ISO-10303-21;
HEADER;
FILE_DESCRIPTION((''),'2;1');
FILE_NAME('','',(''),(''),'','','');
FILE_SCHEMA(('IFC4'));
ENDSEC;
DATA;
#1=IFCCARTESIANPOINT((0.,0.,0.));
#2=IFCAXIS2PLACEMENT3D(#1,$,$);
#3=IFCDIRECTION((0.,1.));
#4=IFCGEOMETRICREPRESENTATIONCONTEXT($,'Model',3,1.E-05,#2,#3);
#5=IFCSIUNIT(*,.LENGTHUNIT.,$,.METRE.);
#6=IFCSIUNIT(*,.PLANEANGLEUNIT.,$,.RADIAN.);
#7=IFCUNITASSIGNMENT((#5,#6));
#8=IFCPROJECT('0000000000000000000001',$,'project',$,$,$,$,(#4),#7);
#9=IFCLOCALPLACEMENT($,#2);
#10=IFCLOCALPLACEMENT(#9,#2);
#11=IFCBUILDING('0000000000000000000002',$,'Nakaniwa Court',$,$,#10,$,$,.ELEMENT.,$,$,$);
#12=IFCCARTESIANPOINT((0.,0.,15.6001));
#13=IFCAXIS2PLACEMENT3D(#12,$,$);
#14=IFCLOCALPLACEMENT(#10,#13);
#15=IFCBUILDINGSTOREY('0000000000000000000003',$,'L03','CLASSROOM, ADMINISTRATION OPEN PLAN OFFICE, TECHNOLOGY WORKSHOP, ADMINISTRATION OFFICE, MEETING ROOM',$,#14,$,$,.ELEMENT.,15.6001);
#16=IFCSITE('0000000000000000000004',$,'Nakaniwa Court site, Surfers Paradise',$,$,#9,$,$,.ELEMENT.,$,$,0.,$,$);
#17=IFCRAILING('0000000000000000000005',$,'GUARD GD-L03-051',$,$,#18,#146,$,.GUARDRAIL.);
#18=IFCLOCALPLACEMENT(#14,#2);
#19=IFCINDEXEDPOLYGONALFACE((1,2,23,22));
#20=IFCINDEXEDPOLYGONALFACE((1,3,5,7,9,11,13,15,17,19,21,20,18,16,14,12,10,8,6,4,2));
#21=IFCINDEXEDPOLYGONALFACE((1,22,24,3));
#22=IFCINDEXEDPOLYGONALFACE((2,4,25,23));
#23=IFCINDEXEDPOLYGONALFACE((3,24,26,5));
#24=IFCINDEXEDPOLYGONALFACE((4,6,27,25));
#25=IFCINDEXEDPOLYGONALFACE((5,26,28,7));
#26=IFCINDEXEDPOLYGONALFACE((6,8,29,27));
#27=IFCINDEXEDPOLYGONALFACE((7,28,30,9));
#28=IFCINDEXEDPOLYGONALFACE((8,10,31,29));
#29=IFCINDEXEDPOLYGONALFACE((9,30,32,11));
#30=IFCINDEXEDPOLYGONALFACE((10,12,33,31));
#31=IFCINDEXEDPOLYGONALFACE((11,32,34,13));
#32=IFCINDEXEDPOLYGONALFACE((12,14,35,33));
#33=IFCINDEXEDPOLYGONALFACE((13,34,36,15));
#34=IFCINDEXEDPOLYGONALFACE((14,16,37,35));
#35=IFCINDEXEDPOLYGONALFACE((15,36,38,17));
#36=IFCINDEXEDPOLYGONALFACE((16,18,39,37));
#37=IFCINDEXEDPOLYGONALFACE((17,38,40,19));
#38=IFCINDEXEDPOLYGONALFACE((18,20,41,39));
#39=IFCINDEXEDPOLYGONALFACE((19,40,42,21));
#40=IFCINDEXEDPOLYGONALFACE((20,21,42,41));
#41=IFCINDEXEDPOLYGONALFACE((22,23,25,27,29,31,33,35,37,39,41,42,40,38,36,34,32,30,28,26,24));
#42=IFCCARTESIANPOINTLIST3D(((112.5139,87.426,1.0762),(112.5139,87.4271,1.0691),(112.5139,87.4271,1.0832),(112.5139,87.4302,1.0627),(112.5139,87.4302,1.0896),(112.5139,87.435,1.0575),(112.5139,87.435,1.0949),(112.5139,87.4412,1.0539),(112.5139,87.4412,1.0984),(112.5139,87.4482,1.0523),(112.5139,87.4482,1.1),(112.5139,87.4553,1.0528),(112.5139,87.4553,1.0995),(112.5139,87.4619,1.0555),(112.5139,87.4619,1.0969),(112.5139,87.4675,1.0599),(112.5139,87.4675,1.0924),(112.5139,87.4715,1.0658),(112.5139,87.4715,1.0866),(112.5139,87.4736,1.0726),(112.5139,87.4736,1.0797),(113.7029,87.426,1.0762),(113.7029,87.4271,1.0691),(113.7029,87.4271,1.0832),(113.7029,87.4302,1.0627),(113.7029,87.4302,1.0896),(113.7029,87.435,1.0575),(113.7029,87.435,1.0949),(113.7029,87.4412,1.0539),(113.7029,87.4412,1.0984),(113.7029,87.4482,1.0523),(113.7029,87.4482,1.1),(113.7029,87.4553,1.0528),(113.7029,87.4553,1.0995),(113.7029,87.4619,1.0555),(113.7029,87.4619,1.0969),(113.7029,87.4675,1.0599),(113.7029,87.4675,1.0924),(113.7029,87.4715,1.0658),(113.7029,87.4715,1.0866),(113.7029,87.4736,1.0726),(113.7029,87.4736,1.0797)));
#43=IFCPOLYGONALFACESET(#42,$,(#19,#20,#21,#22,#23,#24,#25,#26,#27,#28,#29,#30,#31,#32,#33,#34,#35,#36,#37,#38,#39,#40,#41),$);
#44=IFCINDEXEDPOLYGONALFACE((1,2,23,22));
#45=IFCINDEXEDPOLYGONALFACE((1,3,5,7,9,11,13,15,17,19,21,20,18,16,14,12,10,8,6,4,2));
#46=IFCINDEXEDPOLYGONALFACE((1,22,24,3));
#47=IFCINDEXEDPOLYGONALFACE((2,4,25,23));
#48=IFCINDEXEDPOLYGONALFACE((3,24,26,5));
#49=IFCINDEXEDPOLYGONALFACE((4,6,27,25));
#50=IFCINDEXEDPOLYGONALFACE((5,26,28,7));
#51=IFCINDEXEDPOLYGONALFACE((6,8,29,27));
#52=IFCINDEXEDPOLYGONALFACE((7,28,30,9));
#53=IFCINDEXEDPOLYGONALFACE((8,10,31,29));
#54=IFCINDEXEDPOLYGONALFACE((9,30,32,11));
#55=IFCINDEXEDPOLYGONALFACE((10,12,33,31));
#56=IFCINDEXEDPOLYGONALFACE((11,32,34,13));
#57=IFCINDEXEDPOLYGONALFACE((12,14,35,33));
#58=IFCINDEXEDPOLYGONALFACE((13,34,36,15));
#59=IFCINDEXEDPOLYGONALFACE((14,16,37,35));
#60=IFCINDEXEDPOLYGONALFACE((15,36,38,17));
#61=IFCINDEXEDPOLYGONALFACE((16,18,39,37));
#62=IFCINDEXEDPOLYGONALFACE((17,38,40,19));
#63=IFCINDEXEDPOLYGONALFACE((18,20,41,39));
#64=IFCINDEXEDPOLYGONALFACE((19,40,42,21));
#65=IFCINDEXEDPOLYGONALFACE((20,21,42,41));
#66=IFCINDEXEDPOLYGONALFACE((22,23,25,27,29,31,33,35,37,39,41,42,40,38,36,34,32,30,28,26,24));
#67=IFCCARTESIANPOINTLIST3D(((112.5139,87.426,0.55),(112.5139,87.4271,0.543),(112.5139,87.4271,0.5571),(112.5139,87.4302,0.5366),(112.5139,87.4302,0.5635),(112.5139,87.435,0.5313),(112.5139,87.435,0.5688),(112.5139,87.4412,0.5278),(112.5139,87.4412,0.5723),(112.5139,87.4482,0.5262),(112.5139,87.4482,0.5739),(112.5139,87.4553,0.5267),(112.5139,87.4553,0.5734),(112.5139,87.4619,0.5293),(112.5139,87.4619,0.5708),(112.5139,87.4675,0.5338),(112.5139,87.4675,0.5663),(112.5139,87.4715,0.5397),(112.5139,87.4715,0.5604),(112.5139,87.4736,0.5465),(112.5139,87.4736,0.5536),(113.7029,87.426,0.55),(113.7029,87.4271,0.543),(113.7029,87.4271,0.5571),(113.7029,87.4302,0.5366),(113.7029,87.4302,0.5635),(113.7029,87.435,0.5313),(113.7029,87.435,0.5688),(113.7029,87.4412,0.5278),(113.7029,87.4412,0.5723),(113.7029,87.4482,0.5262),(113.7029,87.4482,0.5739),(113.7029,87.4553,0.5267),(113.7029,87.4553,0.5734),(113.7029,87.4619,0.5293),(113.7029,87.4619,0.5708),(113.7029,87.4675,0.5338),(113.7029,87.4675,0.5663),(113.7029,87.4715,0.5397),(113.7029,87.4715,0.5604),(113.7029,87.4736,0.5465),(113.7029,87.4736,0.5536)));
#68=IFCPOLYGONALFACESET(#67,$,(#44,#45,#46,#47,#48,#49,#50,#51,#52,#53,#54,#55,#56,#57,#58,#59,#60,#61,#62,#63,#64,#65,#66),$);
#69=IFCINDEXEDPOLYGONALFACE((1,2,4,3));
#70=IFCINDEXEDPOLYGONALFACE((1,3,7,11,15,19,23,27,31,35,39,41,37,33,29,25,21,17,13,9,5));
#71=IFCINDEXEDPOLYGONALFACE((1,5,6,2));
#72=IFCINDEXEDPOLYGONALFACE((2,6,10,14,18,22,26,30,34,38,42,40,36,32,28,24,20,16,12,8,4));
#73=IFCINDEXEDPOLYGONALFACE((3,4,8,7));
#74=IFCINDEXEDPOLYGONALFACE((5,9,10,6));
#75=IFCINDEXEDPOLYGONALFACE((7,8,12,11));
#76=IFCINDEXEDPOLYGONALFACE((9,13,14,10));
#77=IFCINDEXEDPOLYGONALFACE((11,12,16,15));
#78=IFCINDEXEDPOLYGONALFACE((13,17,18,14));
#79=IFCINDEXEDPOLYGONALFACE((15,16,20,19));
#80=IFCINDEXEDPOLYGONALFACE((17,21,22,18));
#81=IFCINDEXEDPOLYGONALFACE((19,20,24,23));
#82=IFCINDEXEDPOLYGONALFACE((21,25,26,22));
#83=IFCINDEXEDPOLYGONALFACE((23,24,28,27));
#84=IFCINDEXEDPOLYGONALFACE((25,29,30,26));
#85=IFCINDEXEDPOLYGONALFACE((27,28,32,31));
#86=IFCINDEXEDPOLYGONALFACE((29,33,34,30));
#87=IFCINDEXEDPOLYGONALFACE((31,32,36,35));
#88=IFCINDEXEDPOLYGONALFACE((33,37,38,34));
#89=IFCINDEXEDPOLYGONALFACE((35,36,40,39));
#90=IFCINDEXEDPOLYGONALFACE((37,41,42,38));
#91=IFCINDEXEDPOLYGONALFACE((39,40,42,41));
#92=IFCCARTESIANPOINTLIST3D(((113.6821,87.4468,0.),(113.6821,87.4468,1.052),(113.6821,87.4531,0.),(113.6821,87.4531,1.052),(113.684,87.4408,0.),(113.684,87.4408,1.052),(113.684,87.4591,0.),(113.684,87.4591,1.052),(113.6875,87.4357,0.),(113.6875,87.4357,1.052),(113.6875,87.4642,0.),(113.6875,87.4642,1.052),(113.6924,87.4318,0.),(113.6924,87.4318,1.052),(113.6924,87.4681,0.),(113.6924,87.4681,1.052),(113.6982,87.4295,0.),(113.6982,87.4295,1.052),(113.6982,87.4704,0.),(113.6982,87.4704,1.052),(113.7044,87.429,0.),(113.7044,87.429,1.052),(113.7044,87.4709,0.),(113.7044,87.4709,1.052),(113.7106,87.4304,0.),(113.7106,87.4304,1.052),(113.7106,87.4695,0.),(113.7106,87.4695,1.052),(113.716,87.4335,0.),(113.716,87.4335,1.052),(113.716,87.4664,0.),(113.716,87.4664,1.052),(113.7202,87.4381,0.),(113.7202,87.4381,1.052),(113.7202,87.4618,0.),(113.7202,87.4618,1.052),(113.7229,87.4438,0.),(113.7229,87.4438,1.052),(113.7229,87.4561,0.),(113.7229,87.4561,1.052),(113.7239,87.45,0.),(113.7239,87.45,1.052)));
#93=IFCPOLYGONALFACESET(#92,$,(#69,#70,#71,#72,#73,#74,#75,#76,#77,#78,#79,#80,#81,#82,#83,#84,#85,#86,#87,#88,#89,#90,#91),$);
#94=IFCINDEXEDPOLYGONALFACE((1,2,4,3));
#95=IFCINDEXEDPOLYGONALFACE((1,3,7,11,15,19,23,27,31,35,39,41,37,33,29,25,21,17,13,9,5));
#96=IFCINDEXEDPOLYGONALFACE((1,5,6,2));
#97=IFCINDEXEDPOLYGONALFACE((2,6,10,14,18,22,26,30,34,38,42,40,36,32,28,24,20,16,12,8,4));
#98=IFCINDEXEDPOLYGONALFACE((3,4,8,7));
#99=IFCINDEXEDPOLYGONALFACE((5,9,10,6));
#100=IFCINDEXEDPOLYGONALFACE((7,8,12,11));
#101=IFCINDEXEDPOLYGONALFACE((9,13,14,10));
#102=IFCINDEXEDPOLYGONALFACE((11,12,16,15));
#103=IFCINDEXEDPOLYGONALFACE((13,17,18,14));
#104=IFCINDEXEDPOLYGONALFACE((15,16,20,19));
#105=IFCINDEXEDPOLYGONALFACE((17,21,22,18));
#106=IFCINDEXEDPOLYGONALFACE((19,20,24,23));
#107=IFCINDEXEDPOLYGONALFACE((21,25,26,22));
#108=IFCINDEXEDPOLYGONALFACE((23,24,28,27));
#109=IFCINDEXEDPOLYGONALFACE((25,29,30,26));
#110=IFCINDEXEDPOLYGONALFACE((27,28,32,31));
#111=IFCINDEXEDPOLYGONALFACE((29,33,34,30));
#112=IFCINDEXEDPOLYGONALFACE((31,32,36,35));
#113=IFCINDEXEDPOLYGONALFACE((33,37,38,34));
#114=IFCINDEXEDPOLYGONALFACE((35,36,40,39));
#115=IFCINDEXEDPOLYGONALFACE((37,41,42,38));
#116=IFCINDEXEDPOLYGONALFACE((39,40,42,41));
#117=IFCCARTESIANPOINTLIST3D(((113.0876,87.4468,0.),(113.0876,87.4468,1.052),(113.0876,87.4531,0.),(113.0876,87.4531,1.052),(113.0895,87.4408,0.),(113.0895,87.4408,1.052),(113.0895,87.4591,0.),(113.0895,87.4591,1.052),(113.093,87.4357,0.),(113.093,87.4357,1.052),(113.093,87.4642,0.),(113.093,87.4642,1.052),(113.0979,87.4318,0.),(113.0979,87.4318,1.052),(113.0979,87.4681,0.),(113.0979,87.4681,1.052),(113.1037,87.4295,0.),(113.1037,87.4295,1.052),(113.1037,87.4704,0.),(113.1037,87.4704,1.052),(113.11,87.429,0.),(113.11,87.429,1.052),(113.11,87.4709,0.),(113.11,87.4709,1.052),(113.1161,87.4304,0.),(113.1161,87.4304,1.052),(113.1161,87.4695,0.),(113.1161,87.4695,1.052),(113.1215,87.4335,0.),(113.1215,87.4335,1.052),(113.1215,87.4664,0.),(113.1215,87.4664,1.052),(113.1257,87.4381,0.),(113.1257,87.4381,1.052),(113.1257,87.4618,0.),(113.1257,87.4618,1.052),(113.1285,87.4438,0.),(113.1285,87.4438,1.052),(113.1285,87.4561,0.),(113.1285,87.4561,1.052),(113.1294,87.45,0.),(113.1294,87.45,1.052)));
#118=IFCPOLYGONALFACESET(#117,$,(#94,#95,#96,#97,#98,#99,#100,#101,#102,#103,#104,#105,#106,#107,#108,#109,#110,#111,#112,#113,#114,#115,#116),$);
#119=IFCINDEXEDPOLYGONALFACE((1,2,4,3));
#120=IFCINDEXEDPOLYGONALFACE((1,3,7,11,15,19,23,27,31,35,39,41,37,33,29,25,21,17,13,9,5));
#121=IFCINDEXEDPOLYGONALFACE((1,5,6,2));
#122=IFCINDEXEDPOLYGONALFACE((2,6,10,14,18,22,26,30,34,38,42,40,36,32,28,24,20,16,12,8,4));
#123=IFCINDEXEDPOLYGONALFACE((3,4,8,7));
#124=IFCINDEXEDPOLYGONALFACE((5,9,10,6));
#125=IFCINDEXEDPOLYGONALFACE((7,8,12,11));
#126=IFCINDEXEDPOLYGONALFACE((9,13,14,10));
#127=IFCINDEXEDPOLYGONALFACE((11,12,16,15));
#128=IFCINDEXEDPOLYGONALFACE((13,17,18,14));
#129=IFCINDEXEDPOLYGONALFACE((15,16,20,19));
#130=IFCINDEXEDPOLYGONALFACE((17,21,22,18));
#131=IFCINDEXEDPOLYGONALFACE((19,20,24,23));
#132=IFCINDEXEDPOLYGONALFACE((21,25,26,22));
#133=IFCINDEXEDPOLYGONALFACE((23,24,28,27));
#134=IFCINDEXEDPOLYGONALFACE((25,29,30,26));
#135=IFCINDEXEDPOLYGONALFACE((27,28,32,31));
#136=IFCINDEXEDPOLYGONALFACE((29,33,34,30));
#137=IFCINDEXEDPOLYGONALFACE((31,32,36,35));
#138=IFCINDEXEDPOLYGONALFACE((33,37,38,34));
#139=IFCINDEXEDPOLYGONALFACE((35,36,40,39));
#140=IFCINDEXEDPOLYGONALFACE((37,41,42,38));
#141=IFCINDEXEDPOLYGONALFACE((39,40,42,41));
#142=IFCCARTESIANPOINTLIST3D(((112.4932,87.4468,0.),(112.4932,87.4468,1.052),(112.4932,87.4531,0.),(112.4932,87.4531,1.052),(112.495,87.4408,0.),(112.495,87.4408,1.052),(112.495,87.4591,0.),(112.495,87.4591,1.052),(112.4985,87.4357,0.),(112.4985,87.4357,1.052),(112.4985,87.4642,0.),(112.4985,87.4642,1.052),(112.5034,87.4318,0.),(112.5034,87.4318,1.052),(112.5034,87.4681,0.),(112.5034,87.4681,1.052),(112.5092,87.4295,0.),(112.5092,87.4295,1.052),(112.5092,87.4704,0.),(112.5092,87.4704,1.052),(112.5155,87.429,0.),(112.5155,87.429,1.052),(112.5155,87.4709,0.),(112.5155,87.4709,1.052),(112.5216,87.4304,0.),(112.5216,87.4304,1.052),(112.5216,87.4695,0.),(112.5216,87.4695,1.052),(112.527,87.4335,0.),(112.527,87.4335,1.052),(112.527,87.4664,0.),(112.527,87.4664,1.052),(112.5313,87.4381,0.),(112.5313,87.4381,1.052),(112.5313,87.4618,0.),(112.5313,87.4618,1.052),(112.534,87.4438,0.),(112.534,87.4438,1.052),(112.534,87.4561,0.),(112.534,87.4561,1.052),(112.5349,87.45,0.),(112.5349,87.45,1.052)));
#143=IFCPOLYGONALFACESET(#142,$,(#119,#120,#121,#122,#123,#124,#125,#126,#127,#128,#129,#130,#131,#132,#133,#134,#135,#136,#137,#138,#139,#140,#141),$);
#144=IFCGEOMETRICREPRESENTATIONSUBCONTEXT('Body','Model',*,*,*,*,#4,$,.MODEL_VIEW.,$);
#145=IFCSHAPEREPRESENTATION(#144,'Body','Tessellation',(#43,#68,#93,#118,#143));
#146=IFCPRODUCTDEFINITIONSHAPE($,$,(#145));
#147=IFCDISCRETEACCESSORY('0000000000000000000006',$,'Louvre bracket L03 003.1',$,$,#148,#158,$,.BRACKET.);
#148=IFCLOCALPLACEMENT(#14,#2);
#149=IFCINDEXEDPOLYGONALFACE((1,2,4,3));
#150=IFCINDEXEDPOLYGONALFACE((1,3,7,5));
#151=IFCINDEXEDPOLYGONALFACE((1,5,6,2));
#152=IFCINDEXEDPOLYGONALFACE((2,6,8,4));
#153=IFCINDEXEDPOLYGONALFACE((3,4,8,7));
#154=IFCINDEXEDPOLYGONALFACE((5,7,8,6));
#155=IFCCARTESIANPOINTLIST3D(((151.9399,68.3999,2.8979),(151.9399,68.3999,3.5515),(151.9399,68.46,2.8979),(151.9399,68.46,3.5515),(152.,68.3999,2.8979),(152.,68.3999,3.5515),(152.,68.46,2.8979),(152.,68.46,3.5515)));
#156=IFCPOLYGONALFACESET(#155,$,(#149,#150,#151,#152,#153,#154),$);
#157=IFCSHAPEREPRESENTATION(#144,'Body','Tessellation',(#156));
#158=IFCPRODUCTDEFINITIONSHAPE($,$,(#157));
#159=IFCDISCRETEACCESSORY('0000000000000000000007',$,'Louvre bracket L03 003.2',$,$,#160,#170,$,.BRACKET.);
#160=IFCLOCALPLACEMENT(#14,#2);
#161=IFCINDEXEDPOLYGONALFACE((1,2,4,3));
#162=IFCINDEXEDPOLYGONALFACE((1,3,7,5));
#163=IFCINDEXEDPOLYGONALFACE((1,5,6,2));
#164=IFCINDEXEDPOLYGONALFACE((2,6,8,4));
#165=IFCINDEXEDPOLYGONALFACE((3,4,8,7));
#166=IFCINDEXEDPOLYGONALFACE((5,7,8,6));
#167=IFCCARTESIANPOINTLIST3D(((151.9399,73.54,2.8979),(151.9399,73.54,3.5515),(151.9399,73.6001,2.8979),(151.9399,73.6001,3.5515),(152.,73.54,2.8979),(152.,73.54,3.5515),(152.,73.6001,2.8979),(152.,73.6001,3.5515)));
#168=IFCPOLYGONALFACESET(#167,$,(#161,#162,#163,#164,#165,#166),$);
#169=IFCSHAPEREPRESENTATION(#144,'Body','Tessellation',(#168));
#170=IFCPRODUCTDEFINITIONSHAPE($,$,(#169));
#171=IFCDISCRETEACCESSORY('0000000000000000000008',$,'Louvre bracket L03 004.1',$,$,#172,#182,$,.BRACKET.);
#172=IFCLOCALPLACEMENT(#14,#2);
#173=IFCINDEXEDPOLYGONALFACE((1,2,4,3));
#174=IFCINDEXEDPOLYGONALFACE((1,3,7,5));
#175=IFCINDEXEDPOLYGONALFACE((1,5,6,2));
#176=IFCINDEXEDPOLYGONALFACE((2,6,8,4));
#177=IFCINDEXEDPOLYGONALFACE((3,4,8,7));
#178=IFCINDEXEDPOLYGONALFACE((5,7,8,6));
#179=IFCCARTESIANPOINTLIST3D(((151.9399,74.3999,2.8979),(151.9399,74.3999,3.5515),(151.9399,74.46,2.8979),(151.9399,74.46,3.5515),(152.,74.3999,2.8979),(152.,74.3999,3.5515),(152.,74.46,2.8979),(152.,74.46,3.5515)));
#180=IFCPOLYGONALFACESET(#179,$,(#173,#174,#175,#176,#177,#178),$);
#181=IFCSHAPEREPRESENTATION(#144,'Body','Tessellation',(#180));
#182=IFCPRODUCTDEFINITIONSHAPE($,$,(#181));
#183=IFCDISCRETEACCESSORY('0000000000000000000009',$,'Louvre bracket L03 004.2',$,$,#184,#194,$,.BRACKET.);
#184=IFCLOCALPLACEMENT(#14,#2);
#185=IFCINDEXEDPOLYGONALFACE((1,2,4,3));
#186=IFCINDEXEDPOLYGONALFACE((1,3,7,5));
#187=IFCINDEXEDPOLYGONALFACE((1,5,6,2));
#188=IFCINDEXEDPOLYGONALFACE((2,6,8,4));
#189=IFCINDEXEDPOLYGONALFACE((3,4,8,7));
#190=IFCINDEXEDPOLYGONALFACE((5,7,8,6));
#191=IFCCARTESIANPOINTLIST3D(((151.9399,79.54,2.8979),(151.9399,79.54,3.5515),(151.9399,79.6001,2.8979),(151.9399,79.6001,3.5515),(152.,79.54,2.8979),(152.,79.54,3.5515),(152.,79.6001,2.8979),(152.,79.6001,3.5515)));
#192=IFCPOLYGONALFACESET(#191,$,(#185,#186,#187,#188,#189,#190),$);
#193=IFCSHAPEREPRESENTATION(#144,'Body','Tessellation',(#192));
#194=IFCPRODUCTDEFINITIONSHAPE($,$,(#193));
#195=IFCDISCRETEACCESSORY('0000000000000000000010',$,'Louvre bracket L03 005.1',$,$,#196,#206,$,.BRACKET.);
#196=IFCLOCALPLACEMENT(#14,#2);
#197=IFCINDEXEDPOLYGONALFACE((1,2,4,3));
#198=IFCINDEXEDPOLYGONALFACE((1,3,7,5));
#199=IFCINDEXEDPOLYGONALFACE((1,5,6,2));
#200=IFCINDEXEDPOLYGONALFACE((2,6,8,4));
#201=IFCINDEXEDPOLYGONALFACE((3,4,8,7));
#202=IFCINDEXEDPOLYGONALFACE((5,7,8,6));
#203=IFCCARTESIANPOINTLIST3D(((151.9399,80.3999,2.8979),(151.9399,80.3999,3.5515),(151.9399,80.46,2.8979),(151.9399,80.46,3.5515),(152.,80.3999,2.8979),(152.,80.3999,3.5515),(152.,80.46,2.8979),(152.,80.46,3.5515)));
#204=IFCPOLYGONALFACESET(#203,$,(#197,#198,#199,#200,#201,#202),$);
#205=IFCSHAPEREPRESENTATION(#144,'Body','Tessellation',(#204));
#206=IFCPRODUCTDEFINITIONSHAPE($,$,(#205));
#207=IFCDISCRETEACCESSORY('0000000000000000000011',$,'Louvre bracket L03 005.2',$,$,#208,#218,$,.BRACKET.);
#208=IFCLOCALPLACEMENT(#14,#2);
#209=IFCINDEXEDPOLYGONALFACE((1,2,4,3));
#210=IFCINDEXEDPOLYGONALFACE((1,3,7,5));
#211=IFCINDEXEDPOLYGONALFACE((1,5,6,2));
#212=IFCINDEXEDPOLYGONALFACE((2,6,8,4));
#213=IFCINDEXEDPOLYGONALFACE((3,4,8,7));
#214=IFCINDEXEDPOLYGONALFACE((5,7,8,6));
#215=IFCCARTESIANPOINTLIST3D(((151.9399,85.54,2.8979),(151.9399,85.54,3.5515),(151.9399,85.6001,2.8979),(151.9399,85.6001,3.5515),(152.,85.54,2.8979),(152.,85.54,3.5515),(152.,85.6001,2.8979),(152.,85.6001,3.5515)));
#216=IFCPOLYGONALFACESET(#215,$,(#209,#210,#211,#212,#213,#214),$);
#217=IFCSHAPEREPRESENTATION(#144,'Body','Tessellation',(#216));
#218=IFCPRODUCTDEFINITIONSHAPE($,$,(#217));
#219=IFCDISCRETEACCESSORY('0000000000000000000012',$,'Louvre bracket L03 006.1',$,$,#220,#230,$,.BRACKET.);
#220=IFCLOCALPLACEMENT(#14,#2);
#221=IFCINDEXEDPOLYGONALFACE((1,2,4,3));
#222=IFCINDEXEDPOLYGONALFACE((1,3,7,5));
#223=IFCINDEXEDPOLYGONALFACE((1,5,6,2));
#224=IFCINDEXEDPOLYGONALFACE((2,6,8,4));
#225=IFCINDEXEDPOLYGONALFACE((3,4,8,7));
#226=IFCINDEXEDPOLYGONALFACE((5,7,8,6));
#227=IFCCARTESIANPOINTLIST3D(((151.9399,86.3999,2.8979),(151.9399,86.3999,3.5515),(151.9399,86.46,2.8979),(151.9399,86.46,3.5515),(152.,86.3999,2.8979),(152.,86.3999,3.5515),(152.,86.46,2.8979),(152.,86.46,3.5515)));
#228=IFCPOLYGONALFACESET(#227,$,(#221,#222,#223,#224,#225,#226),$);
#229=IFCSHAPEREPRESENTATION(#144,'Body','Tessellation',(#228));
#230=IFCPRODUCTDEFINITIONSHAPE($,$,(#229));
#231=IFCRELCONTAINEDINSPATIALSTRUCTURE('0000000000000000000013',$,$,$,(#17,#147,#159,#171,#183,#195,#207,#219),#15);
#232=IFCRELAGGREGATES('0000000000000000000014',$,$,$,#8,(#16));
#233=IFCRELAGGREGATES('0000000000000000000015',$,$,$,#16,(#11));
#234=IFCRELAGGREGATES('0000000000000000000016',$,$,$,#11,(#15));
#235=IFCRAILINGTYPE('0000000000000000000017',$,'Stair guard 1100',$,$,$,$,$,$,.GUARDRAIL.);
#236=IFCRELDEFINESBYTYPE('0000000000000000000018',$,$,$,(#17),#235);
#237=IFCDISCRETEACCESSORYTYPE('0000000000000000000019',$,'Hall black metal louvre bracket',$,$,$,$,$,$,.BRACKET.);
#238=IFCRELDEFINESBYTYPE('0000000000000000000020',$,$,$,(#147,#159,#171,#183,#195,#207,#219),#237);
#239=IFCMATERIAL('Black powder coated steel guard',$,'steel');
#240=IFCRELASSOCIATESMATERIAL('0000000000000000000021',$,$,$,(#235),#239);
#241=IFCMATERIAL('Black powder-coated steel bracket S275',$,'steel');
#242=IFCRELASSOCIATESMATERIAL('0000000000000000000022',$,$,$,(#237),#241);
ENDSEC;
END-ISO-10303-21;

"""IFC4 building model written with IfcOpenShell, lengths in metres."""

from ifc_helpers import new_model, si_unit, direction, frame, origin, origin_2d, place, context, subcontext, project, spatial, rectangle, circle, extrude, material, type_object, element, save


model = new_model("IFC4")

# Units and contexts
model_context = context("Model", 3, precision=1e-05, world=origin(), true_north=direction((0.0, 1.0)))
body_context = subcontext(model_context, "Body", "Model", "MODEL_VIEW")
ifc_project = project(units=[si_unit("LENGTHUNIT", "METRE"), si_unit("PLANEANGLEUNIT", "RADIAN")], contexts=[model_context])

# Site, building, storey
site_placement = place(None, origin())
site = spatial("IfcSite", under=ifc_project, at=site_placement, Name="Nakaniwa Court site, Surfers Paradise", CompositionType="ELEMENT", RefElevation=0.0)
building_placement = place(site_placement, origin())
building = spatial("IfcBuilding", under=site, at=building_placement, Name="Nakaniwa Court", CompositionType="ELEMENT")
storey_placement = place(building_placement, frame((0.0, 0.0, 15.6001)))
storey = spatial("IfcBuildingStorey", under=building, at=storey_placement, Name="L03", Description="CLASSROOM, ADMINISTRATION OPEN PLAN OFFICE, TECHNOLOGY WORKSHOP, ADMINISTRATION OFFICE, MEETING ROOM", CompositionType="ELEMENT", Elevation=15.6001)

# Railing
ifc_material_1 = material(Name="Black powder coated steel guard", Category="steel")
railing_type = type_object("IfcRailingType", Name="Stair guard 1100", PredefinedType="GUARDRAIL", material=ifc_material_1)
railing_1_placement = place(storey_placement, frame((113.7029, 87.45, 0.0)))
element("IfcRailing", 1, at=railing_1_placement, inside=storey, type_object=railing_type, Name="GUARD GD-L03-051", PredefinedType="GUARDRAIL", context=body_context, shape_type="SweptSolid", body=[
    extrude(circle(Radius=0.0239, at=origin_2d()), frame((0.0, 0.0, 1.0762), z_axis=(-1.0, 0.0, 0.0), x_axis=(0.0, -1.0, 0.0)), (0.0, 0.0, 1.0), 1.189),
    extrude(circle(Radius=0.0239, at=origin_2d()), frame((0.0, 0.0, 0.55), z_axis=(-1.0, 0.0, 0.0), x_axis=(0.0, -1.0, 0.0)), (0.0, 0.0, 1.0), 1.189),
    extrude(circle(Radius=0.021, at=origin_2d()), origin(), (0.0, 0.0, 1.0), 1.052),
    extrude(circle(Radius=0.021, at=origin_2d()), frame((-0.5945, 0.0, 0.0)), (0.0, 0.0, 1.0), 1.052),
    extrude(circle(Radius=0.021, at=origin_2d()), frame((-1.189, 0.0, 0.0)), (0.0, 0.0, 1.0), 1.052),
])

# Discrete accessories
ifc_material_2 = material(Name="Black powder-coated steel bracket S275", Category="steel")
discrete_accessory_type = type_object("IfcDiscreteAccessoryType", Name="Hall black metal louvre bracket", PredefinedType="BRACKET", material=ifc_material_2)
for number, where, z_axis, x_axis, name in (
    (2, (151.97, 68.4299, 2.8979), (0.0, 0.0, 1.0), (0.0, 1.0, 0.0), "Louvre bracket L03 003.1"),
    (3, (151.97, 73.5701, 2.8979), (0.0, 0.0, 1.0), (0.0, 1.0, 0.0), "Louvre bracket L03 003.2"),
    (4, (151.97, 74.4299, 2.8979), (0.0, 0.0, 1.0), (0.0, 1.0, 0.0), "Louvre bracket L03 004.1"),
    (5, (151.97, 79.5701, 2.8979), (0.0, 0.0, 1.0), (0.0, 1.0, 0.0), "Louvre bracket L03 004.2"),
    (6, (151.97, 80.4299, 2.8979), (0.0, 0.0, 1.0), (0.0, 1.0, 0.0), "Louvre bracket L03 005.1"),
    (7, (151.97, 85.5701, 2.8979), (0.0, 0.0, 1.0), (0.0, 1.0, 0.0), "Louvre bracket L03 005.2"),
    (8, (151.97, 86.4299, 2.8979), (0.0, 0.0, 1.0), (0.0, 1.0, 0.0), "Louvre bracket L03 006.1"),
):
    element("IfcDiscreteAccessory", number, at=place(storey_placement, frame(where, z_axis=z_axis, x_axis=x_axis)), inside=storey, type_object=discrete_accessory_type, Name=name, PredefinedType="BRACKET", context=body_context, shape_type="SweptSolid", body=[
        extrude(rectangle(XDim=0.0601, YDim=0.0601, at=origin_2d()), origin(), (0.0, 0.0, 1.0), 0.6536),
    ])

save(model, "model.ifc")
